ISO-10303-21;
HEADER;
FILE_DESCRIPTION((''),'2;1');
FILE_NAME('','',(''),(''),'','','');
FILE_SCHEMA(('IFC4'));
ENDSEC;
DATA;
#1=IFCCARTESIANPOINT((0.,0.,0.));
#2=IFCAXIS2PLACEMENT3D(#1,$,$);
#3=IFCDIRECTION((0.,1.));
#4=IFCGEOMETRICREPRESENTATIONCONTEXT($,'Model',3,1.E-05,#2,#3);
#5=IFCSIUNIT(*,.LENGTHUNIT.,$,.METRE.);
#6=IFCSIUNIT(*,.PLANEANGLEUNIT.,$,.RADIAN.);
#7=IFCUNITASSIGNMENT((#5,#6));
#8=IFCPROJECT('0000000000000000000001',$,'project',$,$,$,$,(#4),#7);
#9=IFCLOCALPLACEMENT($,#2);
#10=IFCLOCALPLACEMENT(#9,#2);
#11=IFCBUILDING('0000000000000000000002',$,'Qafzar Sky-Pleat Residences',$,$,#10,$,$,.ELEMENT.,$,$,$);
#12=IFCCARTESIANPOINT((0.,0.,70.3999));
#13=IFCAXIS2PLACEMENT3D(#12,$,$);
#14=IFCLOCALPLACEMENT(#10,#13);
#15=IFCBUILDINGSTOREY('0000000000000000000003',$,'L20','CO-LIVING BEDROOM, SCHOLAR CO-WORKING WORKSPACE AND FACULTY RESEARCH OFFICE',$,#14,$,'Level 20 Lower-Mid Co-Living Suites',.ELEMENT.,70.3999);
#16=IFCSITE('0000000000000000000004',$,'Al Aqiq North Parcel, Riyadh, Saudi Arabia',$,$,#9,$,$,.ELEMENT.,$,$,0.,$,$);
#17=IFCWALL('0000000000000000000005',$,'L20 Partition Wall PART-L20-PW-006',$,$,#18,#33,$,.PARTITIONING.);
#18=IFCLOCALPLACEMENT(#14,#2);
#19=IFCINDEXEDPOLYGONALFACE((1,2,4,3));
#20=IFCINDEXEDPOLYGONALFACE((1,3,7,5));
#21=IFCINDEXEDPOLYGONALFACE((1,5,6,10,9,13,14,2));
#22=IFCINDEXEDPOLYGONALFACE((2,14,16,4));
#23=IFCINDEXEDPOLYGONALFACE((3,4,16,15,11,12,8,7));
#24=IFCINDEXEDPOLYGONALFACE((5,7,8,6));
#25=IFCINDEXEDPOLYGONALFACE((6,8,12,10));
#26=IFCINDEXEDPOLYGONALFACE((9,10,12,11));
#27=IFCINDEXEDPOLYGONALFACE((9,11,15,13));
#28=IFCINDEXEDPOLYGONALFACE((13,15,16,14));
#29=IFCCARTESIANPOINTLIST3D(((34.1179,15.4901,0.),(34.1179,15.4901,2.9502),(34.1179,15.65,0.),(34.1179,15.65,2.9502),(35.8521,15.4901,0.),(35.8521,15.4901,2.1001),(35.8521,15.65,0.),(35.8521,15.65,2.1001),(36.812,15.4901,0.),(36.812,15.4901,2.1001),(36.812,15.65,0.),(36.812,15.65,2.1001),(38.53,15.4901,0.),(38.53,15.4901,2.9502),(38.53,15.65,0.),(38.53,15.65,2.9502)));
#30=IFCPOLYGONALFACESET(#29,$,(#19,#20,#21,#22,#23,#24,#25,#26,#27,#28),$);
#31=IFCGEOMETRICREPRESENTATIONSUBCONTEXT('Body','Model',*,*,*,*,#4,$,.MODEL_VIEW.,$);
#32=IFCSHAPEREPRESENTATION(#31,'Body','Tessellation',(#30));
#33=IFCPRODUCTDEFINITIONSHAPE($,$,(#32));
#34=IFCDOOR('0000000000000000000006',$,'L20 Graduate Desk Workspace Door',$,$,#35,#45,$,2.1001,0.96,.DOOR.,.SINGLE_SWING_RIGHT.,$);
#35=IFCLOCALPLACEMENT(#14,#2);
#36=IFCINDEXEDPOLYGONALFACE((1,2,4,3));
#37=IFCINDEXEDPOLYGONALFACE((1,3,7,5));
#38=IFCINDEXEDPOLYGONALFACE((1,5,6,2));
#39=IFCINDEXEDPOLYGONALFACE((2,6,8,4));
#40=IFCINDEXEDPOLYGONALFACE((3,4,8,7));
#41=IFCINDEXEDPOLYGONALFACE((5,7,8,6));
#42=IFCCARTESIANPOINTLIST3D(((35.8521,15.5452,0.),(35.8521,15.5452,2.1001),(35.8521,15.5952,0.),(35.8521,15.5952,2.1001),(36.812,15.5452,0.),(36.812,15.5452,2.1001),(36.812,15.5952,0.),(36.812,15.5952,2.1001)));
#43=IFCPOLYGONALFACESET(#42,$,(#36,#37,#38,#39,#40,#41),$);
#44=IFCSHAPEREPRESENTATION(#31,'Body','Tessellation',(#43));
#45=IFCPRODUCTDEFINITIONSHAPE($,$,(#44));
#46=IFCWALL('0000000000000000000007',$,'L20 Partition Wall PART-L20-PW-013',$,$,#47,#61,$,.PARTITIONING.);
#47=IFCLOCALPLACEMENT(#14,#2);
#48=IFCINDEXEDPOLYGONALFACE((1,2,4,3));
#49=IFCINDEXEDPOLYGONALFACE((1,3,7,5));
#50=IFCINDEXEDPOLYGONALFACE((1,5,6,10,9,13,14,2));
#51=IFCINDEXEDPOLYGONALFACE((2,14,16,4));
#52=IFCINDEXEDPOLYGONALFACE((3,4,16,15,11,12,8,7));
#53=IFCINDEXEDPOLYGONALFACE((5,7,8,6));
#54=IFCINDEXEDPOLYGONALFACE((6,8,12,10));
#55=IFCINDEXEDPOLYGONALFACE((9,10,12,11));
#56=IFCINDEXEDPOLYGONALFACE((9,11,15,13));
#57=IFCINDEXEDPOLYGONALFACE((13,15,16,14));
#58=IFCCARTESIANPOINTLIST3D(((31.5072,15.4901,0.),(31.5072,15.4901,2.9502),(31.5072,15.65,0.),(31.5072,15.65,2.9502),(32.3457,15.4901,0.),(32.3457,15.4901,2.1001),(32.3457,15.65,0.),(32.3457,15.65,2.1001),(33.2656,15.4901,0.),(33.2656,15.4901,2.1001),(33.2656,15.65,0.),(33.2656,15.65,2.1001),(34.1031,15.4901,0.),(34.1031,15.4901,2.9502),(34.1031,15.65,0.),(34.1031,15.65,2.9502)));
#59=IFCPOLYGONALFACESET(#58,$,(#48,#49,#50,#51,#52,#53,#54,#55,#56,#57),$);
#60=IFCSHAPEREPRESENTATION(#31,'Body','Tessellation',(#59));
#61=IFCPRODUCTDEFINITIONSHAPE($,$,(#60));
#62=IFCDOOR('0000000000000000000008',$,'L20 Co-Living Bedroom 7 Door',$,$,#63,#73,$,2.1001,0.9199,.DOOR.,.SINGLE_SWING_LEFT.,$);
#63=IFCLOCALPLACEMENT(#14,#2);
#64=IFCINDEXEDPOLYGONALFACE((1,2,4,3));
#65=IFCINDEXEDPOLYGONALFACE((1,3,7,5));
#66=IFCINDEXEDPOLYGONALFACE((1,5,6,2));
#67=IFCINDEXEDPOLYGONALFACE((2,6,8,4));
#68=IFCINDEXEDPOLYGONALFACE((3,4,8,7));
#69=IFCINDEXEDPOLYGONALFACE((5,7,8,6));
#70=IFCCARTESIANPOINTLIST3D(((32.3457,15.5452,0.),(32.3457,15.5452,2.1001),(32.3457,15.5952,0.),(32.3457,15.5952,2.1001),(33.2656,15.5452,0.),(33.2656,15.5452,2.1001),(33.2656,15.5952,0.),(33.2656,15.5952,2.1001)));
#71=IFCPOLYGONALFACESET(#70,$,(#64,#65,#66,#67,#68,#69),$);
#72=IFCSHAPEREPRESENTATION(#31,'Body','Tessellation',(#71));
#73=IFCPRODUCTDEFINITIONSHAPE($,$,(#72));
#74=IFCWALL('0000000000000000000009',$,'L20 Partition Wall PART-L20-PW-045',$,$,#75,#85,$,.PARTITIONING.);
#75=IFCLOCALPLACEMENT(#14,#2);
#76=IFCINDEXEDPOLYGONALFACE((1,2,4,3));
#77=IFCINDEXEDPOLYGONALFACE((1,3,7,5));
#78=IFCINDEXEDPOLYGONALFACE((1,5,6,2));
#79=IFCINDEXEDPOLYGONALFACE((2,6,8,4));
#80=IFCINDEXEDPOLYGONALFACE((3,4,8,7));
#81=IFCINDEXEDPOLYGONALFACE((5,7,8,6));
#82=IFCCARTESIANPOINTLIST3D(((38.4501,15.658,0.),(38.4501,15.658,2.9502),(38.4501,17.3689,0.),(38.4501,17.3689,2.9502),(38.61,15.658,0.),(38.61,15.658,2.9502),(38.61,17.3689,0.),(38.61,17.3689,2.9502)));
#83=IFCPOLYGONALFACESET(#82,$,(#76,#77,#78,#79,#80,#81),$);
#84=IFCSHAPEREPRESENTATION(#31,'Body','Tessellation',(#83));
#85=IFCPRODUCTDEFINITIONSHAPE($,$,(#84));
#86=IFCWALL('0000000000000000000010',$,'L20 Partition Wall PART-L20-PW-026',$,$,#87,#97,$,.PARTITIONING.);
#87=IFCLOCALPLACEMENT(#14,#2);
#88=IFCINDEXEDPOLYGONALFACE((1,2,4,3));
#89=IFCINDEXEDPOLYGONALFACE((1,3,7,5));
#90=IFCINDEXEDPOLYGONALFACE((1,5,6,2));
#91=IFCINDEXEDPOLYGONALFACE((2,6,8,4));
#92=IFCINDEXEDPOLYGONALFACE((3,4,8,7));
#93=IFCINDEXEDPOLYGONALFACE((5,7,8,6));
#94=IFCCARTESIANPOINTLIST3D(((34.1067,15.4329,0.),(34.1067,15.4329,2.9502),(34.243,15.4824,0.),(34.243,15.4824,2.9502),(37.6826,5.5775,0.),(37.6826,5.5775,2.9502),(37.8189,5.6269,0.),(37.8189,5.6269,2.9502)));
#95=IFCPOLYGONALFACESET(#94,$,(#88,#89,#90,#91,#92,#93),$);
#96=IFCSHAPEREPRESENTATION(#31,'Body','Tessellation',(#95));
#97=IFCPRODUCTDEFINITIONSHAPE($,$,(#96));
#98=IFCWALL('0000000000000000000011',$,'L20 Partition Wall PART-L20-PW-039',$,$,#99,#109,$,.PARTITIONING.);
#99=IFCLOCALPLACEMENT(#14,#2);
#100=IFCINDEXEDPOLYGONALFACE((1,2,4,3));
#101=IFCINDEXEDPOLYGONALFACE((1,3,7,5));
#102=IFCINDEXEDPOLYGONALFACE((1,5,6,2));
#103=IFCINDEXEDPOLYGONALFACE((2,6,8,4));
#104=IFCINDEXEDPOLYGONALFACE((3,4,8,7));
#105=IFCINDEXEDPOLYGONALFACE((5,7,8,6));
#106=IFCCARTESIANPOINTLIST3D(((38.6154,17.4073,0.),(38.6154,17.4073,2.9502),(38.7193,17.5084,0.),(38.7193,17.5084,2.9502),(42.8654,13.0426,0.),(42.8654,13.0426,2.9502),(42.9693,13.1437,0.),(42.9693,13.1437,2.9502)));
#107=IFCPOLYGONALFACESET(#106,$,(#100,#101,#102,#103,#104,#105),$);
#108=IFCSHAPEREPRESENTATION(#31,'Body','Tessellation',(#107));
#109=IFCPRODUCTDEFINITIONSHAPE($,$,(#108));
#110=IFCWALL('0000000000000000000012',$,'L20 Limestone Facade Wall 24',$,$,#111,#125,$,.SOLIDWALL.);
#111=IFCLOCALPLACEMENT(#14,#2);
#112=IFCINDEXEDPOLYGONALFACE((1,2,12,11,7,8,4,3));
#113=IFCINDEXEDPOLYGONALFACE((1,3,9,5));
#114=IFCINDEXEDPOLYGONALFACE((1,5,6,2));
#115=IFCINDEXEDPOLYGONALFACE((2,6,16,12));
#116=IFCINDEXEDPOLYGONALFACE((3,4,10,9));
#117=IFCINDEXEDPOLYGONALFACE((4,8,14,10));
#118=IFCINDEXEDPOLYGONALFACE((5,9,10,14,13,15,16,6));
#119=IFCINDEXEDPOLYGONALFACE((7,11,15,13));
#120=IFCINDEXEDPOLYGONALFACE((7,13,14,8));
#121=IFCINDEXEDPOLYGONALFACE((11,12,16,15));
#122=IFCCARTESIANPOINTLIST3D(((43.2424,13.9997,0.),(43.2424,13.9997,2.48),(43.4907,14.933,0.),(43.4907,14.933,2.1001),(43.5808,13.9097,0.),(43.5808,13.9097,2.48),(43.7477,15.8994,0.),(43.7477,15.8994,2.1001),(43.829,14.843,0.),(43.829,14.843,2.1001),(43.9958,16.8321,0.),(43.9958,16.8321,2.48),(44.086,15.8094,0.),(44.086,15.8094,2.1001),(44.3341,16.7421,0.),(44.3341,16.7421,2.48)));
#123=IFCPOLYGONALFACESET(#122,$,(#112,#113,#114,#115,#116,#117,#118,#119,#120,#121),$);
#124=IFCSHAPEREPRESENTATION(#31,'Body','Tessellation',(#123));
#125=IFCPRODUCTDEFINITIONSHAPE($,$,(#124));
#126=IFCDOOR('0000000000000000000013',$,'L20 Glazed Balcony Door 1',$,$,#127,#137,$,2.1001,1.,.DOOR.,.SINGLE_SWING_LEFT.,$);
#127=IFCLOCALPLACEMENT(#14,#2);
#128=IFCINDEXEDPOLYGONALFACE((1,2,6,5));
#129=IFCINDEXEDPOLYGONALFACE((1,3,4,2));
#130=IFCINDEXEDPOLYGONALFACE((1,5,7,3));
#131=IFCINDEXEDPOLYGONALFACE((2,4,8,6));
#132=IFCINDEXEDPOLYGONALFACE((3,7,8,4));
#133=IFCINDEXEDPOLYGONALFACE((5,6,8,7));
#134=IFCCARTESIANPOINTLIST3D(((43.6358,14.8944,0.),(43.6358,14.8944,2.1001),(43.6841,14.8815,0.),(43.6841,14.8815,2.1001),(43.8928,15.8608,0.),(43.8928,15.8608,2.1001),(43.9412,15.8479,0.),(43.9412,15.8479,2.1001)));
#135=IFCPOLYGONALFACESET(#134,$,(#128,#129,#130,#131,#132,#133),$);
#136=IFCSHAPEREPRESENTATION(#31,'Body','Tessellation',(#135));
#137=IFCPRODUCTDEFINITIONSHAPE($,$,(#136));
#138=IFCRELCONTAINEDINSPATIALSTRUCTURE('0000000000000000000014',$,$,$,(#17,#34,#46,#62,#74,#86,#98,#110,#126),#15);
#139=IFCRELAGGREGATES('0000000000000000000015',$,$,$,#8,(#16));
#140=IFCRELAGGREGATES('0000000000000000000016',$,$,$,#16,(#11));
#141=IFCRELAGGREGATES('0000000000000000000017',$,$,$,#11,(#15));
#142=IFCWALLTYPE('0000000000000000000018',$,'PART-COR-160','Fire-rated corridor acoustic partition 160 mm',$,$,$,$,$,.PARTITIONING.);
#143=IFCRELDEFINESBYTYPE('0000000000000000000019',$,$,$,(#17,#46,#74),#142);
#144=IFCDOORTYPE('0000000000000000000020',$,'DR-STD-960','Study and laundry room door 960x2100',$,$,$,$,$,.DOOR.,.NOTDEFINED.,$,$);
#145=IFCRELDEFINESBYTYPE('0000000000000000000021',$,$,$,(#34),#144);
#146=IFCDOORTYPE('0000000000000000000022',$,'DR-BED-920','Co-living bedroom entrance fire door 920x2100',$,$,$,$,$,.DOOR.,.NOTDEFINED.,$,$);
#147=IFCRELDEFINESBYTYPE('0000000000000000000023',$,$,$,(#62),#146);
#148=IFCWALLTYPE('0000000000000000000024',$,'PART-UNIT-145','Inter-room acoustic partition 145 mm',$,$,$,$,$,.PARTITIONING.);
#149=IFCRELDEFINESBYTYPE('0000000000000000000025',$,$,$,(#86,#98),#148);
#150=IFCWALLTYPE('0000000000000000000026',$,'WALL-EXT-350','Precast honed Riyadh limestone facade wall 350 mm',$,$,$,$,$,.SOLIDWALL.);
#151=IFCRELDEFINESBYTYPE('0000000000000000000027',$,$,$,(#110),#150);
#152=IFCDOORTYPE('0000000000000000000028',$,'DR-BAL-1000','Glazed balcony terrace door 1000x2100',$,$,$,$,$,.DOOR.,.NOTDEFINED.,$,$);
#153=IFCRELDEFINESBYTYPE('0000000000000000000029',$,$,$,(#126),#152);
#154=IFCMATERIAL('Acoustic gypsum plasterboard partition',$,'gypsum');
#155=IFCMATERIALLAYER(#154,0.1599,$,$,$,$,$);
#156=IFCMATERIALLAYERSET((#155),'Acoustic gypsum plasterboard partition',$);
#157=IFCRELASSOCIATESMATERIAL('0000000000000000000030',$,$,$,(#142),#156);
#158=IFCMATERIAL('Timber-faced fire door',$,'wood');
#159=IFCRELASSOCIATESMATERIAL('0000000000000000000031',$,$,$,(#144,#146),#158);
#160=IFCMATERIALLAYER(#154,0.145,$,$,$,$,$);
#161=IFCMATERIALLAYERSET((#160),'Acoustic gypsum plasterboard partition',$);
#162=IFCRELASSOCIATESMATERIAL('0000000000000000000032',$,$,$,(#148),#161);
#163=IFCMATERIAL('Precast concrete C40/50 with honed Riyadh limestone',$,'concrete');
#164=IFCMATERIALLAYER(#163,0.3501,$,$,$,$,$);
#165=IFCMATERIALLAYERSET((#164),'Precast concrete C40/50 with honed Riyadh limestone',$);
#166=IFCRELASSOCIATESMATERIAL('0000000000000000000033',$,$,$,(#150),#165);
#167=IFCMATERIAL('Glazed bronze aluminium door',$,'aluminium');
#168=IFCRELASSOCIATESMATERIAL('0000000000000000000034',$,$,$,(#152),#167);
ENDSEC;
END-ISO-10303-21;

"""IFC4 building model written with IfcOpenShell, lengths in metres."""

from ifc_helpers import new_model, si_unit, direction, frame, frame_2d, origin, place, context, subcontext, project, spatial, rectangle, extrude, source, transform, mapped, material, layer, layer_set, type_object, element, fill, save


model = new_model("IFC4")

# Units and contexts
model_context = context("Model", 3, precision=1e-05, world=origin(), true_north=direction((0.0, 1.0)))
body_context = subcontext(model_context, "Body", "Model", "MODEL_VIEW")
ifc_project = project(units=[si_unit("LENGTHUNIT", "METRE"), si_unit("PLANEANGLEUNIT", "RADIAN")], contexts=[model_context])

# Site, building, storey
site_placement = place(None, origin())
site = spatial("IfcSite", under=ifc_project, at=site_placement, Name="Al Aqiq North Parcel, Riyadh, Saudi Arabia", CompositionType="ELEMENT", RefElevation=0.0)
building_placement = place(site_placement, origin())
building = spatial("IfcBuilding", under=site, at=building_placement, Name="Qafzar Sky-Pleat Residences", CompositionType="ELEMENT")
storey_placement = place(building_placement, frame((0.0, 0.0, 70.3999)))
storey = spatial("IfcBuildingStorey", under=building, at=storey_placement, Name="L20", Description="CO-LIVING BEDROOM, SCHOLAR CO-WORKING WORKSPACE AND FACULTY RESEARCH OFFICE", LongName="Level 20 Lower-Mid Co-Living Suites", CompositionType="ELEMENT", Elevation=70.3999)

# Walls, openings, doors
ifc_material_1 = material(Name="Acoustic gypsum plasterboard partition", Category="gypsum")
ifc_layer_1 = layer(ifc_material_1, 0.1599)
ifc_layer_set_1 = layer_set([ifc_layer_1], Name="Acoustic gypsum plasterboard partition")
wall_type_1 = type_object("IfcWallType", Name="PART-COR-160", Description="Fire-rated corridor acoustic partition 160 mm", PredefinedType="PARTITIONING", material=ifc_layer_set_1)
wall_1_placement = place(storey_placement, frame((38.53, 15.5701, 0.0), z_axis=(0.0, 0.0, 1.0), x_axis=(-1.0, 0.0, 0.0)))
wall_1 = element("IfcWall", 1, at=wall_1_placement, inside=storey, type_object=wall_type_1, Name="L20 Partition Wall PART-L20-PW-006", PredefinedType="PARTITIONING", context=body_context, shape_type="SweptSolid", body=[
    extrude(rectangle(XDim=4.4121, YDim=0.1599, at=frame_2d((2.2061, 0.0))), origin(), (0.0, 0.0, 1.0), 2.9502),
])
opening_1_placement = place(wall_1_placement, frame((1.718, 0.0, 0.0)))
opening_1 = element("IfcOpeningElement", 2, at=opening_1_placement, cuts=wall_1, PredefinedType="OPENING", context=body_context, shape_type="SweptSolid", body=[
    extrude(rectangle(XDim=0.96, YDim=2.1001, at=frame_2d((0.48, 1.05))), frame((0.0, 0.0898, 0.0), z_axis=(0.0, -1.0, 0.0), x_axis=(1.0, 0.0, 0.0)), (0.0, 0.0, 1.0), 0.1799),
])
ifc_material_2 = material(Name="Timber-faced fire door", Category="wood")
door_type_1 = type_object("IfcDoorType", Name="DR-STD-960", Description="Study and laundry room door 960x2100", OperationType="NOTDEFINED", PredefinedType="DOOR", material=ifc_material_2)
shared_shape_1 = source(origin(), body_context, "Body", "SweptSolid", [
    extrude(rectangle(XDim=0.96, YDim=2.1001, at=frame_2d((0.48, 1.05))), frame((0.0, 0.0249, 0.0), z_axis=(0.0, -1.0, 0.0), x_axis=(1.0, 0.0, 0.0)), (0.0, 0.0, 1.0), 0.05),
])
door_1_placement = place(opening_1_placement, origin())
door_1 = element("IfcDoor", 3, at=door_1_placement, inside=storey, type_object=door_type_1, Name="L20 Graduate Desk Workspace Door", OperationType="SINGLE_SWING_RIGHT", OverallHeight=2.1001, OverallWidth=0.96, PredefinedType="DOOR", context=body_context, shape_type="MappedRepresentation", body=[
    mapped(shared_shape_1, transform((0.0, 0.0, 0.0), x_axis=(1.0, 0.0, 0.0), y_axis=(0.0, 1.0, 0.0), z_axis=(0.0, 0.0, 1.0), scale=1.0)),
])
fill(opening_1, door_1)
wall_2_placement = place(storey_placement, frame((34.103, 15.5701, 0.0), z_axis=(0.0, 0.0, 1.0), x_axis=(-1.0, 0.0, 0.0)))
wall_2 = element("IfcWall", 4, at=wall_2_placement, inside=storey, type_object=wall_type_1, Name="L20 Partition Wall PART-L20-PW-013", PredefinedType="PARTITIONING", context=body_context, shape_type="SweptSolid", body=[
    extrude(rectangle(XDim=2.5959, YDim=0.1599, at=frame_2d((1.2979, 0.0))), origin(), (0.0, 0.0, 1.0), 2.9502),
])
opening_2_placement = place(wall_2_placement, frame((0.8374, 0.0, 0.0)))
opening_2 = element("IfcOpeningElement", 5, at=opening_2_placement, cuts=wall_2, PredefinedType="OPENING", context=body_context, shape_type="SweptSolid", body=[
    extrude(rectangle(XDim=0.9199, YDim=2.1001, at=frame_2d((0.46, 1.05))), frame((0.0, 0.0898, 0.0), z_axis=(0.0, -1.0, 0.0), x_axis=(1.0, 0.0, 0.0)), (0.0, 0.0, 1.0), 0.1799),
])
door_type_2 = type_object("IfcDoorType", Name="DR-BED-920", Description="Co-living bedroom entrance fire door 920x2100", OperationType="NOTDEFINED", PredefinedType="DOOR", material=ifc_material_2)
shared_shape_2 = source(origin(), body_context, "Body", "SweptSolid", [
    extrude(rectangle(XDim=0.9199, YDim=2.1001, at=frame_2d((0.46, 1.05))), frame((0.0, 0.0249, 0.0), z_axis=(0.0, -1.0, 0.0), x_axis=(1.0, 0.0, 0.0)), (0.0, 0.0, 1.0), 0.05),
])
door_2_placement = place(opening_2_placement, origin())
door_2 = element("IfcDoor", 6, at=door_2_placement, inside=storey, type_object=door_type_2, Name="L20 Co-Living Bedroom 7 Door", OperationType="SINGLE_SWING_LEFT", OverallHeight=2.1001, OverallWidth=0.9199, PredefinedType="DOOR", context=body_context, shape_type="MappedRepresentation", body=[
    mapped(shared_shape_2, transform((0.0, 0.0, 0.0), x_axis=(1.0, 0.0, 0.0), y_axis=(0.0, 1.0, 0.0), z_axis=(0.0, 0.0, 1.0), scale=1.0)),
])
fill(opening_2, door_2)

# Walls
wall_3_placement = place(storey_placement, frame((38.53, 15.658, 0.0), z_axis=(0.0, 0.0, 1.0), x_axis=(0.0, 1.0, 0.0)))
element("IfcWall", 7, at=wall_3_placement, inside=storey, type_object=wall_type_1, Name="L20 Partition Wall PART-L20-PW-045", PredefinedType="PARTITIONING", context=body_context, shape_type="SweptSolid", body=[
    extrude(rectangle(XDim=1.7109, YDim=0.1599, at=frame_2d((0.8555, 0.0))), origin(), (0.0, 0.0, 1.0), 2.9502),
])
ifc_layer_2 = layer(ifc_material_1, 0.145)
ifc_layer_set_2 = layer_set([ifc_layer_2], Name="Acoustic gypsum plasterboard partition")
wall_type_2 = type_object("IfcWallType", Name="PART-UNIT-145", Description="Inter-room acoustic partition 145 mm", PredefinedType="PARTITIONING", material=ifc_layer_set_2)
wall_4_placement = place(storey_placement, frame((34.1748, 15.4578, 0.0), z_axis=(0.0, 0.0, 1.0), x_axis=(0.341079, -0.940035, 0.0)))
element("IfcWall", 8, at=wall_4_placement, inside=storey, type_object=wall_type_2, Name="L20 Partition Wall PART-L20-PW-026", PredefinedType="PARTITIONING", context=body_context, shape_type="SweptSolid", body=[
    extrude(rectangle(XDim=10.4841, YDim=0.145, at=frame_2d((5.2422, 0.0))), origin(), (0.0, 0.0, 1.0), 2.9502),
])
wall_5_placement = place(storey_placement, frame((38.6675, 17.4578, 0.0), z_axis=(0.0, 0.0, 1.0), x_axis=(0.697626, -0.716462, 0.0)))
element("IfcWall", 9, at=wall_5_placement, inside=storey, type_object=wall_type_2, Name="L20 Partition Wall PART-L20-PW-039", PredefinedType="PARTITIONING", context=body_context, shape_type="SweptSolid", body=[
    extrude(rectangle(XDim=6.092, YDim=0.145, at=frame_2d((3.0459, 0.0))), origin(), (0.0, 0.0, 1.0), 2.9502),
])

# Wall, opening, door
ifc_material_3 = material(Name="Precast concrete C40/50 with honed Riyadh limestone", Category="concrete")
ifc_layer_3 = layer(ifc_material_3, 0.3501)
ifc_layer_set_3 = layer_set([ifc_layer_3], Name="Precast concrete C40/50 with honed Riyadh limestone")
wall_type_3 = type_object("IfcWallType", Name="WALL-EXT-350", Description="Precast honed Riyadh limestone facade wall 350 mm", PredefinedType="SOLIDWALL", material=ifc_layer_set_3)
wall_6_placement = place(storey_placement, frame((43.4116, 13.9548, 0.0), z_axis=(0.0, 0.0, 1.0), x_axis=(0.257051, 0.966398, 0.0)))
wall_6 = element("IfcWall", 10, at=wall_6_placement, inside=storey, type_object=wall_type_3, Name="L20 Limestone Facade Wall 24", PredefinedType="SOLIDWALL", context=body_context, shape_type="SweptSolid", body=[
    extrude(rectangle(XDim=2.9309, YDim=0.3501, at=frame_2d((1.4653, 0.0))), origin(), (0.0, 0.0, 1.0), 2.48),
])
opening_3_placement = place(wall_6_placement, frame((0.9656, 0.0, 0.0)))
opening_3 = element("IfcOpeningElement", 11, at=opening_3_placement, cuts=wall_6, PredefinedType="OPENING", context=body_context, shape_type="SweptSolid", body=[
    extrude(rectangle(XDim=1.0, YDim=2.1001, at=frame_2d((0.5, 1.05))), frame((0.0, 0.1851, 0.0), z_axis=(0.0, -1.0, 0.0), x_axis=(1.0, 0.0, 0.0)), (0.0, 0.0, 1.0), 0.3701),
])
ifc_material_4 = material(Name="Glazed bronze aluminium door", Category="aluminium")
door_type_3 = type_object("IfcDoorType", Name="DR-BAL-1000", Description="Glazed balcony terrace door 1000x2100", OperationType="NOTDEFINED", PredefinedType="DOOR", material=ifc_material_4)
shared_shape_3 = source(origin(), body_context, "Body", "SweptSolid", [
    extrude(rectangle(XDim=1.0, YDim=2.1001, at=frame_2d((0.5, 1.05))), frame((0.0, 0.0249, 0.0), z_axis=(0.0, -1.0, 0.0), x_axis=(1.0, 0.0, 0.0)), (0.0, 0.0, 1.0), 0.05),
])
door_3_placement = place(opening_3_placement, origin())
door_3 = element("IfcDoor", 12, at=door_3_placement, inside=storey, type_object=door_type_3, Name="L20 Glazed Balcony Door 1", OperationType="SINGLE_SWING_LEFT", OverallHeight=2.1001, OverallWidth=1.0, PredefinedType="DOOR", context=body_context, shape_type="MappedRepresentation", body=[
    mapped(shared_shape_3, transform((0.0, 0.0, 0.0), x_axis=(1.0, 0.0, 0.0), y_axis=(0.0, 1.0, 0.0), z_axis=(0.0, 0.0, 1.0), scale=1.0)),
])
fill(opening_3, door_3)

save(model, "model.ifc")
